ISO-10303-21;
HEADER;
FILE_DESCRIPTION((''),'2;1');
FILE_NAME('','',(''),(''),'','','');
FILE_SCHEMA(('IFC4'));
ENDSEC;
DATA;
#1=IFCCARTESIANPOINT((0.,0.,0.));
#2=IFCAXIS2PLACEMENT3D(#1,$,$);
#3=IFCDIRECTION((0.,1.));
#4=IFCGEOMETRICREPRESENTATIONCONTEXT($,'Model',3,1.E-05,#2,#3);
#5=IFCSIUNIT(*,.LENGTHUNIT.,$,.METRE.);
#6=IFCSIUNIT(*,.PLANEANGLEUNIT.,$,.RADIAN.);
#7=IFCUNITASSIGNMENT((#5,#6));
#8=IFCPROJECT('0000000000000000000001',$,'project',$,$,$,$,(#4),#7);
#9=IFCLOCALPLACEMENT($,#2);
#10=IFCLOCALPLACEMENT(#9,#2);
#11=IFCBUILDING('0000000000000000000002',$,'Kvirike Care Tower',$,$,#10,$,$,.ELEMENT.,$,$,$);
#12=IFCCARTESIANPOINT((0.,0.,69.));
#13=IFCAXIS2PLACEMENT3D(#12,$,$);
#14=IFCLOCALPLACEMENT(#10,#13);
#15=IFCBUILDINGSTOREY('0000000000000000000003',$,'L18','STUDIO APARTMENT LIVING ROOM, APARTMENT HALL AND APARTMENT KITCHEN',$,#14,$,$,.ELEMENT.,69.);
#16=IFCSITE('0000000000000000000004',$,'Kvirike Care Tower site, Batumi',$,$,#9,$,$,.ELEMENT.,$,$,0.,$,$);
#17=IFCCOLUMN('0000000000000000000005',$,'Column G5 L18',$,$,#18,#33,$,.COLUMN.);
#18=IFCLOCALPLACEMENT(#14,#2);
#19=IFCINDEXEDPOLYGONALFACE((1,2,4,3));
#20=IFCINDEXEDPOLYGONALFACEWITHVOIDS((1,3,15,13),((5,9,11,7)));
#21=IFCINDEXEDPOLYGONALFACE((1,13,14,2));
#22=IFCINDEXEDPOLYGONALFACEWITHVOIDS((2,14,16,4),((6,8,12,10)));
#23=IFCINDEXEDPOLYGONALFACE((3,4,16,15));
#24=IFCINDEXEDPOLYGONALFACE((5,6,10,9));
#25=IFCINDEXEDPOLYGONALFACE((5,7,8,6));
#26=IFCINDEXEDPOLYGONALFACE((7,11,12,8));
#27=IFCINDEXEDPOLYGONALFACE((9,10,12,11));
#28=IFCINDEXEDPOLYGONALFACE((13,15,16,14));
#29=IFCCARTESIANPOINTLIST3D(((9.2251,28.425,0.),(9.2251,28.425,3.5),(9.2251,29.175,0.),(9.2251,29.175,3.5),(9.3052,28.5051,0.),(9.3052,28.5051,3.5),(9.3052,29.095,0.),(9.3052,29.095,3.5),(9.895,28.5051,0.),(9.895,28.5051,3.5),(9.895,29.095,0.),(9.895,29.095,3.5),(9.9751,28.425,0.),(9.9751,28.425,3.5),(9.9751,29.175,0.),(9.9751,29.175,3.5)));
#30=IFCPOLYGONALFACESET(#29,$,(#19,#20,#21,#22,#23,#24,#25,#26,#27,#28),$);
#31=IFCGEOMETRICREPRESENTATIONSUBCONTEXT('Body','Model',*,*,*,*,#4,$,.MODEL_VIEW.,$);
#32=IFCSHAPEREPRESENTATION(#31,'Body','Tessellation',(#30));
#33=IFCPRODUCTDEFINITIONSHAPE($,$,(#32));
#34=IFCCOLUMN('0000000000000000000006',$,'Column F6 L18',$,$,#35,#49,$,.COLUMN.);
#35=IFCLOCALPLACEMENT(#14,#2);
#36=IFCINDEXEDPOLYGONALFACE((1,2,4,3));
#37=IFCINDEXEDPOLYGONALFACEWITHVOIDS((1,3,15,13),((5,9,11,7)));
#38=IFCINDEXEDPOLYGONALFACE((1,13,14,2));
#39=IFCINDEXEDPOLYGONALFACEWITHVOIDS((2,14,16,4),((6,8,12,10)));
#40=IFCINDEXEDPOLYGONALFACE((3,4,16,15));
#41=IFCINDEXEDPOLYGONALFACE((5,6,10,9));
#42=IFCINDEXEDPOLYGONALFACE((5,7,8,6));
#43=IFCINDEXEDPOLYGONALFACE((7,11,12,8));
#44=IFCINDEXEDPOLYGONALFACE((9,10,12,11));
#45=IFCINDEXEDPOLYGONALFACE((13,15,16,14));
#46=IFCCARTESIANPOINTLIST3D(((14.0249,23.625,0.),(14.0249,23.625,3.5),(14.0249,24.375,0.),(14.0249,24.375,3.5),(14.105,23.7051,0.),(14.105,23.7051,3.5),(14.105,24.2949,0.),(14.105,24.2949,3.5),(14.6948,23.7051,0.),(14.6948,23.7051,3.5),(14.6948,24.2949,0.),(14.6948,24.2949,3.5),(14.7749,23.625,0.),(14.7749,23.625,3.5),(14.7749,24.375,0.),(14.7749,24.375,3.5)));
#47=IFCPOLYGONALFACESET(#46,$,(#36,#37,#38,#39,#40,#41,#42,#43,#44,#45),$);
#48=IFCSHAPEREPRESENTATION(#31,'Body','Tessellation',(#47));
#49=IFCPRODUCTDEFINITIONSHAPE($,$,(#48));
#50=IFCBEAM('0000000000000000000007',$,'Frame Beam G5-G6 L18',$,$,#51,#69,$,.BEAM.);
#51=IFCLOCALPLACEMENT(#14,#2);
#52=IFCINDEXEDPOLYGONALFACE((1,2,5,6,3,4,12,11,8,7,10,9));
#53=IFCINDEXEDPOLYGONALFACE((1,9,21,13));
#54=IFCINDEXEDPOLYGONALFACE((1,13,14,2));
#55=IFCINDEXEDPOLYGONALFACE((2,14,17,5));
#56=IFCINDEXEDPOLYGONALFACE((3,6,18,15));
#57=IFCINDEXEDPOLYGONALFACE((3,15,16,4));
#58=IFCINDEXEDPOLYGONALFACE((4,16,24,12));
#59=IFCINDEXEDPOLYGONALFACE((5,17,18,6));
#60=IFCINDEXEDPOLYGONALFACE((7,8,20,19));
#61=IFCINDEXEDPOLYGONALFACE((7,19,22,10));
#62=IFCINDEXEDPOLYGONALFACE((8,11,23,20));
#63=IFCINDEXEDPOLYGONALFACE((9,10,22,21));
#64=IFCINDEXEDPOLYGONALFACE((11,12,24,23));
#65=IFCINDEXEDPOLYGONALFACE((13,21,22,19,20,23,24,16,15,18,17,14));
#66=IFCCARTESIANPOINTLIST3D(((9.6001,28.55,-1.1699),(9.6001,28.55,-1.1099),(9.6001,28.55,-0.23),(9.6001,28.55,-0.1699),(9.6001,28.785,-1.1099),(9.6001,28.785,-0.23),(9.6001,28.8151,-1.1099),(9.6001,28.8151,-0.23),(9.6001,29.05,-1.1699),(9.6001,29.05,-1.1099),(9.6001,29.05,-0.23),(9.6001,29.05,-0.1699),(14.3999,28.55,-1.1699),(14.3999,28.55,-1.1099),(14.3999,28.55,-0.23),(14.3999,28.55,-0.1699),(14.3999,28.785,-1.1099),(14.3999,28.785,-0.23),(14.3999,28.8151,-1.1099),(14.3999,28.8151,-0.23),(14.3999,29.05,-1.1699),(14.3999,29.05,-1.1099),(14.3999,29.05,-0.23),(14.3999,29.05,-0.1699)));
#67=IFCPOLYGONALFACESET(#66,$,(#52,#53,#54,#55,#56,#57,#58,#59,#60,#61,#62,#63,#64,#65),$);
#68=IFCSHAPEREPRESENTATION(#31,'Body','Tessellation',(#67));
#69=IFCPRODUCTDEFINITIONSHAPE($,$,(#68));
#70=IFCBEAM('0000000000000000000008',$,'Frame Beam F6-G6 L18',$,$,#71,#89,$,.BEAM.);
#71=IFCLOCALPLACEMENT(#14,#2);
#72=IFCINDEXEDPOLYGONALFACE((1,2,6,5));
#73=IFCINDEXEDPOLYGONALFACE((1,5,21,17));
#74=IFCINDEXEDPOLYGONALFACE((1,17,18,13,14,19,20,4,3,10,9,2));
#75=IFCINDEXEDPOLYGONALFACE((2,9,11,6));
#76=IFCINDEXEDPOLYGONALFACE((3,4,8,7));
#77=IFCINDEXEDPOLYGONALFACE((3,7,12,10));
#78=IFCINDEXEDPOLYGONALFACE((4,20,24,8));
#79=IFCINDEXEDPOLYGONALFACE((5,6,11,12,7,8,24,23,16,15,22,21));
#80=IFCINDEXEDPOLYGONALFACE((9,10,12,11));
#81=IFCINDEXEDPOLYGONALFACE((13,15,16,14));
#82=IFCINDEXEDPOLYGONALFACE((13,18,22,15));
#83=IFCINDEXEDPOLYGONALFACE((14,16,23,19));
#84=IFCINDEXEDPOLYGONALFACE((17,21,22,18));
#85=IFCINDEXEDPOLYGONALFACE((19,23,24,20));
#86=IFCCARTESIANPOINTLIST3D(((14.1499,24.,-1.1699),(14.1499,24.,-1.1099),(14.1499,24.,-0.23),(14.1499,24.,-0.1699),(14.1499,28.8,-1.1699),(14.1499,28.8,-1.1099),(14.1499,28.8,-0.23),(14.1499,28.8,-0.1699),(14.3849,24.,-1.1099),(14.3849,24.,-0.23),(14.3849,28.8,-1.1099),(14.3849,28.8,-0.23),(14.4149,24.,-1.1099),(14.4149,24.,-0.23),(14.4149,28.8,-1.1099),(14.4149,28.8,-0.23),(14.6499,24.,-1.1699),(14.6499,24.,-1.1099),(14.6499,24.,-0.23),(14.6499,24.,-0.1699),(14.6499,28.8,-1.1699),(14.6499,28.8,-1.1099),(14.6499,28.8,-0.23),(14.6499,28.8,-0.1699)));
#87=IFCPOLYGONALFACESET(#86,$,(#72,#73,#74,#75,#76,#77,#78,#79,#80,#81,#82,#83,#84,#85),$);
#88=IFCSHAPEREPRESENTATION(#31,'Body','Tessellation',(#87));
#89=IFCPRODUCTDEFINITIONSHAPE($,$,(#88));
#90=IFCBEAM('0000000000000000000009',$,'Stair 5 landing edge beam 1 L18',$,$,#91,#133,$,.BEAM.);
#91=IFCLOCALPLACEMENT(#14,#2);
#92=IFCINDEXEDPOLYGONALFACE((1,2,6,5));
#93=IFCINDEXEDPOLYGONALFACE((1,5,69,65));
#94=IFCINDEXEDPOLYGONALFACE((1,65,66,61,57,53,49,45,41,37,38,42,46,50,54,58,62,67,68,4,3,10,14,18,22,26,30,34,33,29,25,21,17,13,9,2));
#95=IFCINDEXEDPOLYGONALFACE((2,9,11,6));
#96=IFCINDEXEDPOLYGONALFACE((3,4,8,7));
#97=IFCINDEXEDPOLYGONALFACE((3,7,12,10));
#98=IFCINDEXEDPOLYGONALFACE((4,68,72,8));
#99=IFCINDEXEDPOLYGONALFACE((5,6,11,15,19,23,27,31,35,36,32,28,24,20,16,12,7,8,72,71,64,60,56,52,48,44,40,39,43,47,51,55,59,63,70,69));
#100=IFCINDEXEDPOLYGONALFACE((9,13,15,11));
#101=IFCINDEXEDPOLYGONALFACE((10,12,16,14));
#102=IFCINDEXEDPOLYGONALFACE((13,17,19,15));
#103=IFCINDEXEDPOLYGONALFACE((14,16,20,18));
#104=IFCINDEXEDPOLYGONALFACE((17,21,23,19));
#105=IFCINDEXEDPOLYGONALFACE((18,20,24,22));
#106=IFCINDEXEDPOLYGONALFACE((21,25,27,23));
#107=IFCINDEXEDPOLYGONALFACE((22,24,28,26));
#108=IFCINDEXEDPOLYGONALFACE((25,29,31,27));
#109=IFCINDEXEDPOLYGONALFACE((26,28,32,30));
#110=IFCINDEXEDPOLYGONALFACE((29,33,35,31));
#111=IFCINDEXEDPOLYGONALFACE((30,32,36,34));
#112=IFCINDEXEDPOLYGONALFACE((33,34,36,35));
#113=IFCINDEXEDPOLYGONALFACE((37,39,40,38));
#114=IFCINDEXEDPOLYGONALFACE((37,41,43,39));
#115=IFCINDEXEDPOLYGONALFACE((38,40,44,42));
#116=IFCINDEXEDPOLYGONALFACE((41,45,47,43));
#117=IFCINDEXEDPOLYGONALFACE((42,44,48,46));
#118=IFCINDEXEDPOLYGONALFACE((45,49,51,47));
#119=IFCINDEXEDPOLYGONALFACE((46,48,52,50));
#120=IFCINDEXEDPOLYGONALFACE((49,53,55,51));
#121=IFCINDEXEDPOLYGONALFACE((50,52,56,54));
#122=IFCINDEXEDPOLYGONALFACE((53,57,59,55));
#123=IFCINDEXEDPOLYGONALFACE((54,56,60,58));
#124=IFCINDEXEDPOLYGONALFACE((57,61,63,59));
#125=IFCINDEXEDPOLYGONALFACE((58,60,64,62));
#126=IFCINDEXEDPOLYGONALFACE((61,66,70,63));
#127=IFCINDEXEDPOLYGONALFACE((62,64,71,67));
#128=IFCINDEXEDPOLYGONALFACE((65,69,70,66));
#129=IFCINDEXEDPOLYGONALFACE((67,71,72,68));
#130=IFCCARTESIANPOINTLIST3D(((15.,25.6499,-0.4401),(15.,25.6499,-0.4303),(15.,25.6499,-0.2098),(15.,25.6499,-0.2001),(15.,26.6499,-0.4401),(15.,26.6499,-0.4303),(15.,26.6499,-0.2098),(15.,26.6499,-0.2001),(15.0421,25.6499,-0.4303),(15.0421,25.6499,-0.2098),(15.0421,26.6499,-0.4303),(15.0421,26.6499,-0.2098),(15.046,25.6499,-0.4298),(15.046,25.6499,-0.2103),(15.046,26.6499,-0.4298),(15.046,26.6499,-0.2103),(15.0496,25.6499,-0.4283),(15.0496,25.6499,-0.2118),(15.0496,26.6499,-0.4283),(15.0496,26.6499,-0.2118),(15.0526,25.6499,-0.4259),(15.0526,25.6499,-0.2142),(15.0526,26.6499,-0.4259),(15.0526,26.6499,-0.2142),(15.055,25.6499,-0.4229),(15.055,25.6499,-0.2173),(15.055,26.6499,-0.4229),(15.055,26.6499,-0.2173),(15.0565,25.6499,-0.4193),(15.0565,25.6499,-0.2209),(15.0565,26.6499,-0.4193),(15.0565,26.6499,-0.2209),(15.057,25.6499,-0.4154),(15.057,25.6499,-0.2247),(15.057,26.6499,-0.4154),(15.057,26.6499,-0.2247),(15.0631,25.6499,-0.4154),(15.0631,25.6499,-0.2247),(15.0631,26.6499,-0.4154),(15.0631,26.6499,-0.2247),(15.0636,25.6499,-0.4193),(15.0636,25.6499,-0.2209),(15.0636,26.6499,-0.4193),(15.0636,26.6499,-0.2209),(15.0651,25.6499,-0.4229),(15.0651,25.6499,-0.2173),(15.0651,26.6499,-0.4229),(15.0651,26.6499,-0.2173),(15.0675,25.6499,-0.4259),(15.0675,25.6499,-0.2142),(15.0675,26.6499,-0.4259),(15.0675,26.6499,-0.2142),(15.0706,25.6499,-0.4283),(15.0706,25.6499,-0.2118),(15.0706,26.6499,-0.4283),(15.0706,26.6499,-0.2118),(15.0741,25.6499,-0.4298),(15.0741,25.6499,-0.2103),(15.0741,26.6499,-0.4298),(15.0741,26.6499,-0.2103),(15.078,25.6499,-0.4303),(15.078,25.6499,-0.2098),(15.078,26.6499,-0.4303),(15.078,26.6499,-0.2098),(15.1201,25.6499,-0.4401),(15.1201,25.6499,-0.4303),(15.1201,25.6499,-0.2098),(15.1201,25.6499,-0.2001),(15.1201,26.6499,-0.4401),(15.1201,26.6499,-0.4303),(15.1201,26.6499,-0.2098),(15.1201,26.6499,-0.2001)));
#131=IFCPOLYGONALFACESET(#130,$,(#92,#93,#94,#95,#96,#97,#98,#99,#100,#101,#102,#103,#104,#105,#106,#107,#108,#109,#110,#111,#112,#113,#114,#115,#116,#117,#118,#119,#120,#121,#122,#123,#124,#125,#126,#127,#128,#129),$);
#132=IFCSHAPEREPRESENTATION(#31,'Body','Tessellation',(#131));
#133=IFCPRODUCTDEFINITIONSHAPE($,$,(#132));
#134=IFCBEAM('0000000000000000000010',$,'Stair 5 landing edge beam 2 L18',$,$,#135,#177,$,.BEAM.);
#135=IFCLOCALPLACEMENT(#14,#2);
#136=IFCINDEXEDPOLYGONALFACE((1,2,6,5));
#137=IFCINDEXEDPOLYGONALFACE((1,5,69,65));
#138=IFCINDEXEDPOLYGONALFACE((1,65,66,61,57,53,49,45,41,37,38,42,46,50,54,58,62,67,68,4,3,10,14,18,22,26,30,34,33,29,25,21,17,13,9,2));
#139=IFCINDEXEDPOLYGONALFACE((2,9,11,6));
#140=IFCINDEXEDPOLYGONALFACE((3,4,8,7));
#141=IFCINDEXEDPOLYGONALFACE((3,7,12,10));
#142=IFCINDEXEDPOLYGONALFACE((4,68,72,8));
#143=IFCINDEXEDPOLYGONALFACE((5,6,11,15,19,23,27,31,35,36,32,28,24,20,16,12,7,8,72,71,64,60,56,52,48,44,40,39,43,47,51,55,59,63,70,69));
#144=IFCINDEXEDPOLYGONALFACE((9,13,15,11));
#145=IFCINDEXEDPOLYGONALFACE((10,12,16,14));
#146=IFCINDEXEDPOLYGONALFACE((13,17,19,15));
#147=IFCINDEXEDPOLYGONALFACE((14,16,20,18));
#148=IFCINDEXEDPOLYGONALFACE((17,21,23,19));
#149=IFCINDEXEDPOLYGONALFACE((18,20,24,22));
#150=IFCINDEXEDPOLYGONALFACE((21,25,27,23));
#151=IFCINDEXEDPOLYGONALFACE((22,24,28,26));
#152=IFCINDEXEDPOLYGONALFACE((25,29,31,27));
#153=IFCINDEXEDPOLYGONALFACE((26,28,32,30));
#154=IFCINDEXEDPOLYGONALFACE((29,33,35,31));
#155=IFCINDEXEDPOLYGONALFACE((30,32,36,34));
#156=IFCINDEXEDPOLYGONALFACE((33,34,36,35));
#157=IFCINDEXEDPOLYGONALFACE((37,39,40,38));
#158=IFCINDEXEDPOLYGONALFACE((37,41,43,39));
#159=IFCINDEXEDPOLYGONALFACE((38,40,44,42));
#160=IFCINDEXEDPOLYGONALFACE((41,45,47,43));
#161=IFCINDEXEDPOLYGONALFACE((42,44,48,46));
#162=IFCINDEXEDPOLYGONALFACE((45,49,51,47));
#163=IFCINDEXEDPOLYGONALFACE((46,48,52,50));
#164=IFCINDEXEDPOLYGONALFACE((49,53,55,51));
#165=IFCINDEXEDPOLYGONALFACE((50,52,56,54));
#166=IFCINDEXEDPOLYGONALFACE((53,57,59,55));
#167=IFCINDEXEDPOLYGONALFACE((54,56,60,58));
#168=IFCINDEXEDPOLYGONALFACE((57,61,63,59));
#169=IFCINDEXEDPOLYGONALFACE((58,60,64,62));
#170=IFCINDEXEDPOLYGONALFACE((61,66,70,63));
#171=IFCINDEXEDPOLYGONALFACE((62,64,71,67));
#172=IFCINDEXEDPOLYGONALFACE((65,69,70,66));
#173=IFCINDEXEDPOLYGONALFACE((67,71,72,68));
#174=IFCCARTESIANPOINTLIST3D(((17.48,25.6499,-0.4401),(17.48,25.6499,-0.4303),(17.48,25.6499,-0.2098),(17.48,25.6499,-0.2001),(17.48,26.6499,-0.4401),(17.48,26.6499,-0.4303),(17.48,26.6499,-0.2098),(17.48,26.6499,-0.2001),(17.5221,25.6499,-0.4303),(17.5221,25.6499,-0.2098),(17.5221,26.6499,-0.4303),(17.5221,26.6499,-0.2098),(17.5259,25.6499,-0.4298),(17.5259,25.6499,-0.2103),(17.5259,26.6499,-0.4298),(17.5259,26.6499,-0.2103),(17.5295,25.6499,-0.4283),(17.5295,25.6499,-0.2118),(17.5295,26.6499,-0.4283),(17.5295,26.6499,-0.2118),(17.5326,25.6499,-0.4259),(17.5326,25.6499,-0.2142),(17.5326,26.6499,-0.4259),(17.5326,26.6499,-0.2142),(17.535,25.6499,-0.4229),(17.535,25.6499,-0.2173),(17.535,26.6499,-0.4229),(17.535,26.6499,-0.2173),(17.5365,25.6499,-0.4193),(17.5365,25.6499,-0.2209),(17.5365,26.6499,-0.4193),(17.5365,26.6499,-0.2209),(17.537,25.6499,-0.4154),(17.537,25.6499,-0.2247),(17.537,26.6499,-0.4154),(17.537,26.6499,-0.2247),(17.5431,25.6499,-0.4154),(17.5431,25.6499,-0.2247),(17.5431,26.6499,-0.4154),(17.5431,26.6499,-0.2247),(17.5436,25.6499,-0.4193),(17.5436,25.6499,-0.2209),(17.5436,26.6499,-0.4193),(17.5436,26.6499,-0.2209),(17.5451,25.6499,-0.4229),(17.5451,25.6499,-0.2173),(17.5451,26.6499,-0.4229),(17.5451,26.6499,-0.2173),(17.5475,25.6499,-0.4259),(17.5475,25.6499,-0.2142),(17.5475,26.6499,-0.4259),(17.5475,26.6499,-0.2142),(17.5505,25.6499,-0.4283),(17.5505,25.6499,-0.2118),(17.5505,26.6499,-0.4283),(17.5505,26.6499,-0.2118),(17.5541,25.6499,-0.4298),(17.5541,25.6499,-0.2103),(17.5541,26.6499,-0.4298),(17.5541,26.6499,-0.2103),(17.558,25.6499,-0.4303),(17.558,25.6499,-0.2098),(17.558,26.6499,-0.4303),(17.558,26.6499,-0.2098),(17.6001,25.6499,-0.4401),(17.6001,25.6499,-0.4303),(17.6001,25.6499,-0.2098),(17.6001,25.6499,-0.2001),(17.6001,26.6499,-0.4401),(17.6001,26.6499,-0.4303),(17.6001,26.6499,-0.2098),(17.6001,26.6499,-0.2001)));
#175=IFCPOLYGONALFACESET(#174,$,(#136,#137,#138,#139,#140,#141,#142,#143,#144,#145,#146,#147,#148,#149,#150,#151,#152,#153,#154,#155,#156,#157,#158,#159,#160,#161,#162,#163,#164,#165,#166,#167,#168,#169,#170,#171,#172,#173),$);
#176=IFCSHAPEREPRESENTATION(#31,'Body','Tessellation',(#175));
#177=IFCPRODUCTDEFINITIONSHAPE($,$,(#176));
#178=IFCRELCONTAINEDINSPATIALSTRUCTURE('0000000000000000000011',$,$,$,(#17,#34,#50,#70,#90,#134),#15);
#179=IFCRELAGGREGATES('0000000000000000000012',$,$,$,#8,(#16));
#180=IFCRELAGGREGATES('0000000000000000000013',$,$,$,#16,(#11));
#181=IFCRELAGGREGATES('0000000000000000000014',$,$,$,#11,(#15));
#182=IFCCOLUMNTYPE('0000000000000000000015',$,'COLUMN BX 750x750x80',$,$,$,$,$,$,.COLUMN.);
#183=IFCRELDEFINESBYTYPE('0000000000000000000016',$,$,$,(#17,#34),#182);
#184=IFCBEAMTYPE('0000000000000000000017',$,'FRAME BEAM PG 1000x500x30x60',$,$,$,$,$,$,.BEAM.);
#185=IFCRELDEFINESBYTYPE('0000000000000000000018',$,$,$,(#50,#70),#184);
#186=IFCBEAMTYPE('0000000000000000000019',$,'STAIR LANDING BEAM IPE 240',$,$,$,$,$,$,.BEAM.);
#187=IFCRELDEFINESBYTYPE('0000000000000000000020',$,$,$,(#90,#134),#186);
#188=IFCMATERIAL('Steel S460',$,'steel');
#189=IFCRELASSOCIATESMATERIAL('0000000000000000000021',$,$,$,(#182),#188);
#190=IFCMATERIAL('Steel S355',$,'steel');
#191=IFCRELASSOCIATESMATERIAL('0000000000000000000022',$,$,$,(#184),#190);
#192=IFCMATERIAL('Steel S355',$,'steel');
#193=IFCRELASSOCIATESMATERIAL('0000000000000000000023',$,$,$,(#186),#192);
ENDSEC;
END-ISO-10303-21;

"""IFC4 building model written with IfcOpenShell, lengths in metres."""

from ifc_helpers import new_model, si_unit, direction, frame, origin, origin_2d, place, context, subcontext, project, spatial, hollow_rectangle, i_section, extrude, material, material_profile, profile_set, type_object, element, save


model = new_model("IFC4")

# Units and contexts
model_context = context("Model", 3, precision=1e-05, world=origin(), true_north=direction((0.0, 1.0)))
body_context = subcontext(model_context, "Body", "Model", "MODEL_VIEW")
ifc_project = project(units=[si_unit("LENGTHUNIT", "METRE"), si_unit("PLANEANGLEUNIT", "RADIAN")], contexts=[model_context])

# Site, building, storey
site_placement = place(None, origin())
site = spatial("IfcSite", under=ifc_project, at=site_placement, Name="Kvirike Care Tower site, Batumi", CompositionType="ELEMENT", RefElevation=0.0)
building_placement = place(site_placement, origin())
building = spatial("IfcBuilding", under=site, at=building_placement, Name="Kvirike Care Tower", CompositionType="ELEMENT")
storey_placement = place(building_placement, frame((0.0, 0.0, 69.0)))
storey = spatial("IfcBuildingStorey", under=building, at=storey_placement, Name="L18", Description="STUDIO APARTMENT LIVING ROOM, APARTMENT HALL AND APARTMENT KITCHEN", CompositionType="ELEMENT", Elevation=69.0)

# Columns
ifc_material_1 = material(Name="Steel S460", Category="steel")
ifc_material_profile_1 = material_profile(ifc_material_1, hollow_rectangle(XDim=0.75, YDim=0.75, WallThickness=0.0801, at=origin_2d()), Name="BX 750x750x80")
ifc_profile_set_1 = profile_set([ifc_material_profile_1], Name="Steel S460")
column_type = type_object("IfcColumnType", Name="COLUMN BX 750x750x80", PredefinedType="COLUMN", material=ifc_profile_set_1)
for number, where, z_axis, x_axis, name in (
    (1, (9.6001, 28.8, 0.0), (0.0, 0.0, 1.0), (0.0, 1.0, 0.0), "Column G5 L18"),
    (2, (14.3999, 24.0, 0.0), (0.0, 0.0, 1.0), (1.0, 0.0, 0.0), "Column F6 L18"),
):
    element("IfcColumn", number, at=place(storey_placement, frame(where, z_axis=z_axis, x_axis=x_axis)), inside=storey, type_object=column_type, Name=name, PredefinedType="COLUMN", context=body_context, shape_type="SweptSolid", body=[
        extrude(hollow_rectangle(XDim=0.75, YDim=0.75, WallThickness=0.0801, at=origin_2d()), origin(), (0.0, 0.0, 1.0), 3.5),
    ])

# Beams
ifc_material_2 = material(Name="Steel S355", Category="steel")
ifc_material_profile_2 = material_profile(ifc_material_2, i_section(OverallWidth=0.5, OverallDepth=1.0, WebThickness=0.03, FlangeThickness=0.0601, at=origin_2d()), Name="PG 1000x500x30x60")
ifc_profile_set_2 = profile_set([ifc_material_profile_2], Name="Steel S355")
beam_type_1 = type_object("IfcBeamType", Name="FRAME BEAM PG 1000x500x30x60", PredefinedType="BEAM", material=ifc_profile_set_2)
beam_1_placement = place(storey_placement, frame((9.6001, 28.8, -0.6699), z_axis=(1.0, 0.0, 0.0), x_axis=(0.0, 1.0, 0.0)))
element("IfcBeam", 3, at=beam_1_placement, inside=storey, type_object=beam_type_1, Name="Frame Beam G5-G6 L18", PredefinedType="BEAM", context=body_context, shape_type="SweptSolid", body=[
    extrude(i_section(OverallWidth=0.5, OverallDepth=1.0, WebThickness=0.03, FlangeThickness=0.0601, at=origin_2d()), origin(), (0.0, 0.0, 1.0), 4.7998),
])
beam_2_placement = place(storey_placement, frame((14.3999, 24.0, -0.6699), z_axis=(0.0, 1.0, 0.0), x_axis=(-1.0, 0.0, 0.0)))
element("IfcBeam", 4, at=beam_2_placement, inside=storey, type_object=beam_type_1, Name="Frame Beam F6-G6 L18", PredefinedType="BEAM", context=body_context, shape_type="SweptSolid", body=[
    extrude(i_section(OverallWidth=0.5, OverallDepth=1.0, WebThickness=0.03, FlangeThickness=0.0601, at=origin_2d()), origin(), (0.0, 0.0, 1.0), 4.8),
])
ifc_material_3 = material(Name="Steel S355", Category="steel")
ifc_material_profile_3 = material_profile(ifc_material_3, i_section(OverallWidth=0.1201, OverallDepth=0.24, WebThickness=0.0061, FlangeThickness=0.0098, FilletRadius=0.0149, at=origin_2d()), Name="IPE 240")
ifc_profile_set_3 = profile_set([ifc_material_profile_3], Name="Steel S355")
beam_type_2 = type_object("IfcBeamType", Name="STAIR LANDING BEAM IPE 240", PredefinedType="BEAM", material=ifc_profile_set_3)
for number, where, z_axis, x_axis, name in (
    (5, (15.0601, 25.6499, -0.3201), (0.0, 1.0, 0.0), (-1.0, 0.0, 0.0), "Stair 5 landing edge beam 1 L18"),
    (6, (17.54, 25.6499, -0.3201), (0.0, 1.0, 0.0), (-1.0, 0.0, 0.0), "Stair 5 landing edge beam 2 L18"),
):
    element("IfcBeam", number, at=place(storey_placement, frame(where, z_axis=z_axis, x_axis=x_axis)), inside=storey, type_object=beam_type_2, Name=name, PredefinedType="BEAM", context=body_context, shape_type="SweptSolid", body=[
        extrude(i_section(OverallWidth=0.1201, OverallDepth=0.24, WebThickness=0.0061, FlangeThickness=0.0098, FilletRadius=0.0149, at=origin_2d()), origin(), (0.0, 0.0, 1.0), 1.0),
    ])

save(model, "model.ifc")
